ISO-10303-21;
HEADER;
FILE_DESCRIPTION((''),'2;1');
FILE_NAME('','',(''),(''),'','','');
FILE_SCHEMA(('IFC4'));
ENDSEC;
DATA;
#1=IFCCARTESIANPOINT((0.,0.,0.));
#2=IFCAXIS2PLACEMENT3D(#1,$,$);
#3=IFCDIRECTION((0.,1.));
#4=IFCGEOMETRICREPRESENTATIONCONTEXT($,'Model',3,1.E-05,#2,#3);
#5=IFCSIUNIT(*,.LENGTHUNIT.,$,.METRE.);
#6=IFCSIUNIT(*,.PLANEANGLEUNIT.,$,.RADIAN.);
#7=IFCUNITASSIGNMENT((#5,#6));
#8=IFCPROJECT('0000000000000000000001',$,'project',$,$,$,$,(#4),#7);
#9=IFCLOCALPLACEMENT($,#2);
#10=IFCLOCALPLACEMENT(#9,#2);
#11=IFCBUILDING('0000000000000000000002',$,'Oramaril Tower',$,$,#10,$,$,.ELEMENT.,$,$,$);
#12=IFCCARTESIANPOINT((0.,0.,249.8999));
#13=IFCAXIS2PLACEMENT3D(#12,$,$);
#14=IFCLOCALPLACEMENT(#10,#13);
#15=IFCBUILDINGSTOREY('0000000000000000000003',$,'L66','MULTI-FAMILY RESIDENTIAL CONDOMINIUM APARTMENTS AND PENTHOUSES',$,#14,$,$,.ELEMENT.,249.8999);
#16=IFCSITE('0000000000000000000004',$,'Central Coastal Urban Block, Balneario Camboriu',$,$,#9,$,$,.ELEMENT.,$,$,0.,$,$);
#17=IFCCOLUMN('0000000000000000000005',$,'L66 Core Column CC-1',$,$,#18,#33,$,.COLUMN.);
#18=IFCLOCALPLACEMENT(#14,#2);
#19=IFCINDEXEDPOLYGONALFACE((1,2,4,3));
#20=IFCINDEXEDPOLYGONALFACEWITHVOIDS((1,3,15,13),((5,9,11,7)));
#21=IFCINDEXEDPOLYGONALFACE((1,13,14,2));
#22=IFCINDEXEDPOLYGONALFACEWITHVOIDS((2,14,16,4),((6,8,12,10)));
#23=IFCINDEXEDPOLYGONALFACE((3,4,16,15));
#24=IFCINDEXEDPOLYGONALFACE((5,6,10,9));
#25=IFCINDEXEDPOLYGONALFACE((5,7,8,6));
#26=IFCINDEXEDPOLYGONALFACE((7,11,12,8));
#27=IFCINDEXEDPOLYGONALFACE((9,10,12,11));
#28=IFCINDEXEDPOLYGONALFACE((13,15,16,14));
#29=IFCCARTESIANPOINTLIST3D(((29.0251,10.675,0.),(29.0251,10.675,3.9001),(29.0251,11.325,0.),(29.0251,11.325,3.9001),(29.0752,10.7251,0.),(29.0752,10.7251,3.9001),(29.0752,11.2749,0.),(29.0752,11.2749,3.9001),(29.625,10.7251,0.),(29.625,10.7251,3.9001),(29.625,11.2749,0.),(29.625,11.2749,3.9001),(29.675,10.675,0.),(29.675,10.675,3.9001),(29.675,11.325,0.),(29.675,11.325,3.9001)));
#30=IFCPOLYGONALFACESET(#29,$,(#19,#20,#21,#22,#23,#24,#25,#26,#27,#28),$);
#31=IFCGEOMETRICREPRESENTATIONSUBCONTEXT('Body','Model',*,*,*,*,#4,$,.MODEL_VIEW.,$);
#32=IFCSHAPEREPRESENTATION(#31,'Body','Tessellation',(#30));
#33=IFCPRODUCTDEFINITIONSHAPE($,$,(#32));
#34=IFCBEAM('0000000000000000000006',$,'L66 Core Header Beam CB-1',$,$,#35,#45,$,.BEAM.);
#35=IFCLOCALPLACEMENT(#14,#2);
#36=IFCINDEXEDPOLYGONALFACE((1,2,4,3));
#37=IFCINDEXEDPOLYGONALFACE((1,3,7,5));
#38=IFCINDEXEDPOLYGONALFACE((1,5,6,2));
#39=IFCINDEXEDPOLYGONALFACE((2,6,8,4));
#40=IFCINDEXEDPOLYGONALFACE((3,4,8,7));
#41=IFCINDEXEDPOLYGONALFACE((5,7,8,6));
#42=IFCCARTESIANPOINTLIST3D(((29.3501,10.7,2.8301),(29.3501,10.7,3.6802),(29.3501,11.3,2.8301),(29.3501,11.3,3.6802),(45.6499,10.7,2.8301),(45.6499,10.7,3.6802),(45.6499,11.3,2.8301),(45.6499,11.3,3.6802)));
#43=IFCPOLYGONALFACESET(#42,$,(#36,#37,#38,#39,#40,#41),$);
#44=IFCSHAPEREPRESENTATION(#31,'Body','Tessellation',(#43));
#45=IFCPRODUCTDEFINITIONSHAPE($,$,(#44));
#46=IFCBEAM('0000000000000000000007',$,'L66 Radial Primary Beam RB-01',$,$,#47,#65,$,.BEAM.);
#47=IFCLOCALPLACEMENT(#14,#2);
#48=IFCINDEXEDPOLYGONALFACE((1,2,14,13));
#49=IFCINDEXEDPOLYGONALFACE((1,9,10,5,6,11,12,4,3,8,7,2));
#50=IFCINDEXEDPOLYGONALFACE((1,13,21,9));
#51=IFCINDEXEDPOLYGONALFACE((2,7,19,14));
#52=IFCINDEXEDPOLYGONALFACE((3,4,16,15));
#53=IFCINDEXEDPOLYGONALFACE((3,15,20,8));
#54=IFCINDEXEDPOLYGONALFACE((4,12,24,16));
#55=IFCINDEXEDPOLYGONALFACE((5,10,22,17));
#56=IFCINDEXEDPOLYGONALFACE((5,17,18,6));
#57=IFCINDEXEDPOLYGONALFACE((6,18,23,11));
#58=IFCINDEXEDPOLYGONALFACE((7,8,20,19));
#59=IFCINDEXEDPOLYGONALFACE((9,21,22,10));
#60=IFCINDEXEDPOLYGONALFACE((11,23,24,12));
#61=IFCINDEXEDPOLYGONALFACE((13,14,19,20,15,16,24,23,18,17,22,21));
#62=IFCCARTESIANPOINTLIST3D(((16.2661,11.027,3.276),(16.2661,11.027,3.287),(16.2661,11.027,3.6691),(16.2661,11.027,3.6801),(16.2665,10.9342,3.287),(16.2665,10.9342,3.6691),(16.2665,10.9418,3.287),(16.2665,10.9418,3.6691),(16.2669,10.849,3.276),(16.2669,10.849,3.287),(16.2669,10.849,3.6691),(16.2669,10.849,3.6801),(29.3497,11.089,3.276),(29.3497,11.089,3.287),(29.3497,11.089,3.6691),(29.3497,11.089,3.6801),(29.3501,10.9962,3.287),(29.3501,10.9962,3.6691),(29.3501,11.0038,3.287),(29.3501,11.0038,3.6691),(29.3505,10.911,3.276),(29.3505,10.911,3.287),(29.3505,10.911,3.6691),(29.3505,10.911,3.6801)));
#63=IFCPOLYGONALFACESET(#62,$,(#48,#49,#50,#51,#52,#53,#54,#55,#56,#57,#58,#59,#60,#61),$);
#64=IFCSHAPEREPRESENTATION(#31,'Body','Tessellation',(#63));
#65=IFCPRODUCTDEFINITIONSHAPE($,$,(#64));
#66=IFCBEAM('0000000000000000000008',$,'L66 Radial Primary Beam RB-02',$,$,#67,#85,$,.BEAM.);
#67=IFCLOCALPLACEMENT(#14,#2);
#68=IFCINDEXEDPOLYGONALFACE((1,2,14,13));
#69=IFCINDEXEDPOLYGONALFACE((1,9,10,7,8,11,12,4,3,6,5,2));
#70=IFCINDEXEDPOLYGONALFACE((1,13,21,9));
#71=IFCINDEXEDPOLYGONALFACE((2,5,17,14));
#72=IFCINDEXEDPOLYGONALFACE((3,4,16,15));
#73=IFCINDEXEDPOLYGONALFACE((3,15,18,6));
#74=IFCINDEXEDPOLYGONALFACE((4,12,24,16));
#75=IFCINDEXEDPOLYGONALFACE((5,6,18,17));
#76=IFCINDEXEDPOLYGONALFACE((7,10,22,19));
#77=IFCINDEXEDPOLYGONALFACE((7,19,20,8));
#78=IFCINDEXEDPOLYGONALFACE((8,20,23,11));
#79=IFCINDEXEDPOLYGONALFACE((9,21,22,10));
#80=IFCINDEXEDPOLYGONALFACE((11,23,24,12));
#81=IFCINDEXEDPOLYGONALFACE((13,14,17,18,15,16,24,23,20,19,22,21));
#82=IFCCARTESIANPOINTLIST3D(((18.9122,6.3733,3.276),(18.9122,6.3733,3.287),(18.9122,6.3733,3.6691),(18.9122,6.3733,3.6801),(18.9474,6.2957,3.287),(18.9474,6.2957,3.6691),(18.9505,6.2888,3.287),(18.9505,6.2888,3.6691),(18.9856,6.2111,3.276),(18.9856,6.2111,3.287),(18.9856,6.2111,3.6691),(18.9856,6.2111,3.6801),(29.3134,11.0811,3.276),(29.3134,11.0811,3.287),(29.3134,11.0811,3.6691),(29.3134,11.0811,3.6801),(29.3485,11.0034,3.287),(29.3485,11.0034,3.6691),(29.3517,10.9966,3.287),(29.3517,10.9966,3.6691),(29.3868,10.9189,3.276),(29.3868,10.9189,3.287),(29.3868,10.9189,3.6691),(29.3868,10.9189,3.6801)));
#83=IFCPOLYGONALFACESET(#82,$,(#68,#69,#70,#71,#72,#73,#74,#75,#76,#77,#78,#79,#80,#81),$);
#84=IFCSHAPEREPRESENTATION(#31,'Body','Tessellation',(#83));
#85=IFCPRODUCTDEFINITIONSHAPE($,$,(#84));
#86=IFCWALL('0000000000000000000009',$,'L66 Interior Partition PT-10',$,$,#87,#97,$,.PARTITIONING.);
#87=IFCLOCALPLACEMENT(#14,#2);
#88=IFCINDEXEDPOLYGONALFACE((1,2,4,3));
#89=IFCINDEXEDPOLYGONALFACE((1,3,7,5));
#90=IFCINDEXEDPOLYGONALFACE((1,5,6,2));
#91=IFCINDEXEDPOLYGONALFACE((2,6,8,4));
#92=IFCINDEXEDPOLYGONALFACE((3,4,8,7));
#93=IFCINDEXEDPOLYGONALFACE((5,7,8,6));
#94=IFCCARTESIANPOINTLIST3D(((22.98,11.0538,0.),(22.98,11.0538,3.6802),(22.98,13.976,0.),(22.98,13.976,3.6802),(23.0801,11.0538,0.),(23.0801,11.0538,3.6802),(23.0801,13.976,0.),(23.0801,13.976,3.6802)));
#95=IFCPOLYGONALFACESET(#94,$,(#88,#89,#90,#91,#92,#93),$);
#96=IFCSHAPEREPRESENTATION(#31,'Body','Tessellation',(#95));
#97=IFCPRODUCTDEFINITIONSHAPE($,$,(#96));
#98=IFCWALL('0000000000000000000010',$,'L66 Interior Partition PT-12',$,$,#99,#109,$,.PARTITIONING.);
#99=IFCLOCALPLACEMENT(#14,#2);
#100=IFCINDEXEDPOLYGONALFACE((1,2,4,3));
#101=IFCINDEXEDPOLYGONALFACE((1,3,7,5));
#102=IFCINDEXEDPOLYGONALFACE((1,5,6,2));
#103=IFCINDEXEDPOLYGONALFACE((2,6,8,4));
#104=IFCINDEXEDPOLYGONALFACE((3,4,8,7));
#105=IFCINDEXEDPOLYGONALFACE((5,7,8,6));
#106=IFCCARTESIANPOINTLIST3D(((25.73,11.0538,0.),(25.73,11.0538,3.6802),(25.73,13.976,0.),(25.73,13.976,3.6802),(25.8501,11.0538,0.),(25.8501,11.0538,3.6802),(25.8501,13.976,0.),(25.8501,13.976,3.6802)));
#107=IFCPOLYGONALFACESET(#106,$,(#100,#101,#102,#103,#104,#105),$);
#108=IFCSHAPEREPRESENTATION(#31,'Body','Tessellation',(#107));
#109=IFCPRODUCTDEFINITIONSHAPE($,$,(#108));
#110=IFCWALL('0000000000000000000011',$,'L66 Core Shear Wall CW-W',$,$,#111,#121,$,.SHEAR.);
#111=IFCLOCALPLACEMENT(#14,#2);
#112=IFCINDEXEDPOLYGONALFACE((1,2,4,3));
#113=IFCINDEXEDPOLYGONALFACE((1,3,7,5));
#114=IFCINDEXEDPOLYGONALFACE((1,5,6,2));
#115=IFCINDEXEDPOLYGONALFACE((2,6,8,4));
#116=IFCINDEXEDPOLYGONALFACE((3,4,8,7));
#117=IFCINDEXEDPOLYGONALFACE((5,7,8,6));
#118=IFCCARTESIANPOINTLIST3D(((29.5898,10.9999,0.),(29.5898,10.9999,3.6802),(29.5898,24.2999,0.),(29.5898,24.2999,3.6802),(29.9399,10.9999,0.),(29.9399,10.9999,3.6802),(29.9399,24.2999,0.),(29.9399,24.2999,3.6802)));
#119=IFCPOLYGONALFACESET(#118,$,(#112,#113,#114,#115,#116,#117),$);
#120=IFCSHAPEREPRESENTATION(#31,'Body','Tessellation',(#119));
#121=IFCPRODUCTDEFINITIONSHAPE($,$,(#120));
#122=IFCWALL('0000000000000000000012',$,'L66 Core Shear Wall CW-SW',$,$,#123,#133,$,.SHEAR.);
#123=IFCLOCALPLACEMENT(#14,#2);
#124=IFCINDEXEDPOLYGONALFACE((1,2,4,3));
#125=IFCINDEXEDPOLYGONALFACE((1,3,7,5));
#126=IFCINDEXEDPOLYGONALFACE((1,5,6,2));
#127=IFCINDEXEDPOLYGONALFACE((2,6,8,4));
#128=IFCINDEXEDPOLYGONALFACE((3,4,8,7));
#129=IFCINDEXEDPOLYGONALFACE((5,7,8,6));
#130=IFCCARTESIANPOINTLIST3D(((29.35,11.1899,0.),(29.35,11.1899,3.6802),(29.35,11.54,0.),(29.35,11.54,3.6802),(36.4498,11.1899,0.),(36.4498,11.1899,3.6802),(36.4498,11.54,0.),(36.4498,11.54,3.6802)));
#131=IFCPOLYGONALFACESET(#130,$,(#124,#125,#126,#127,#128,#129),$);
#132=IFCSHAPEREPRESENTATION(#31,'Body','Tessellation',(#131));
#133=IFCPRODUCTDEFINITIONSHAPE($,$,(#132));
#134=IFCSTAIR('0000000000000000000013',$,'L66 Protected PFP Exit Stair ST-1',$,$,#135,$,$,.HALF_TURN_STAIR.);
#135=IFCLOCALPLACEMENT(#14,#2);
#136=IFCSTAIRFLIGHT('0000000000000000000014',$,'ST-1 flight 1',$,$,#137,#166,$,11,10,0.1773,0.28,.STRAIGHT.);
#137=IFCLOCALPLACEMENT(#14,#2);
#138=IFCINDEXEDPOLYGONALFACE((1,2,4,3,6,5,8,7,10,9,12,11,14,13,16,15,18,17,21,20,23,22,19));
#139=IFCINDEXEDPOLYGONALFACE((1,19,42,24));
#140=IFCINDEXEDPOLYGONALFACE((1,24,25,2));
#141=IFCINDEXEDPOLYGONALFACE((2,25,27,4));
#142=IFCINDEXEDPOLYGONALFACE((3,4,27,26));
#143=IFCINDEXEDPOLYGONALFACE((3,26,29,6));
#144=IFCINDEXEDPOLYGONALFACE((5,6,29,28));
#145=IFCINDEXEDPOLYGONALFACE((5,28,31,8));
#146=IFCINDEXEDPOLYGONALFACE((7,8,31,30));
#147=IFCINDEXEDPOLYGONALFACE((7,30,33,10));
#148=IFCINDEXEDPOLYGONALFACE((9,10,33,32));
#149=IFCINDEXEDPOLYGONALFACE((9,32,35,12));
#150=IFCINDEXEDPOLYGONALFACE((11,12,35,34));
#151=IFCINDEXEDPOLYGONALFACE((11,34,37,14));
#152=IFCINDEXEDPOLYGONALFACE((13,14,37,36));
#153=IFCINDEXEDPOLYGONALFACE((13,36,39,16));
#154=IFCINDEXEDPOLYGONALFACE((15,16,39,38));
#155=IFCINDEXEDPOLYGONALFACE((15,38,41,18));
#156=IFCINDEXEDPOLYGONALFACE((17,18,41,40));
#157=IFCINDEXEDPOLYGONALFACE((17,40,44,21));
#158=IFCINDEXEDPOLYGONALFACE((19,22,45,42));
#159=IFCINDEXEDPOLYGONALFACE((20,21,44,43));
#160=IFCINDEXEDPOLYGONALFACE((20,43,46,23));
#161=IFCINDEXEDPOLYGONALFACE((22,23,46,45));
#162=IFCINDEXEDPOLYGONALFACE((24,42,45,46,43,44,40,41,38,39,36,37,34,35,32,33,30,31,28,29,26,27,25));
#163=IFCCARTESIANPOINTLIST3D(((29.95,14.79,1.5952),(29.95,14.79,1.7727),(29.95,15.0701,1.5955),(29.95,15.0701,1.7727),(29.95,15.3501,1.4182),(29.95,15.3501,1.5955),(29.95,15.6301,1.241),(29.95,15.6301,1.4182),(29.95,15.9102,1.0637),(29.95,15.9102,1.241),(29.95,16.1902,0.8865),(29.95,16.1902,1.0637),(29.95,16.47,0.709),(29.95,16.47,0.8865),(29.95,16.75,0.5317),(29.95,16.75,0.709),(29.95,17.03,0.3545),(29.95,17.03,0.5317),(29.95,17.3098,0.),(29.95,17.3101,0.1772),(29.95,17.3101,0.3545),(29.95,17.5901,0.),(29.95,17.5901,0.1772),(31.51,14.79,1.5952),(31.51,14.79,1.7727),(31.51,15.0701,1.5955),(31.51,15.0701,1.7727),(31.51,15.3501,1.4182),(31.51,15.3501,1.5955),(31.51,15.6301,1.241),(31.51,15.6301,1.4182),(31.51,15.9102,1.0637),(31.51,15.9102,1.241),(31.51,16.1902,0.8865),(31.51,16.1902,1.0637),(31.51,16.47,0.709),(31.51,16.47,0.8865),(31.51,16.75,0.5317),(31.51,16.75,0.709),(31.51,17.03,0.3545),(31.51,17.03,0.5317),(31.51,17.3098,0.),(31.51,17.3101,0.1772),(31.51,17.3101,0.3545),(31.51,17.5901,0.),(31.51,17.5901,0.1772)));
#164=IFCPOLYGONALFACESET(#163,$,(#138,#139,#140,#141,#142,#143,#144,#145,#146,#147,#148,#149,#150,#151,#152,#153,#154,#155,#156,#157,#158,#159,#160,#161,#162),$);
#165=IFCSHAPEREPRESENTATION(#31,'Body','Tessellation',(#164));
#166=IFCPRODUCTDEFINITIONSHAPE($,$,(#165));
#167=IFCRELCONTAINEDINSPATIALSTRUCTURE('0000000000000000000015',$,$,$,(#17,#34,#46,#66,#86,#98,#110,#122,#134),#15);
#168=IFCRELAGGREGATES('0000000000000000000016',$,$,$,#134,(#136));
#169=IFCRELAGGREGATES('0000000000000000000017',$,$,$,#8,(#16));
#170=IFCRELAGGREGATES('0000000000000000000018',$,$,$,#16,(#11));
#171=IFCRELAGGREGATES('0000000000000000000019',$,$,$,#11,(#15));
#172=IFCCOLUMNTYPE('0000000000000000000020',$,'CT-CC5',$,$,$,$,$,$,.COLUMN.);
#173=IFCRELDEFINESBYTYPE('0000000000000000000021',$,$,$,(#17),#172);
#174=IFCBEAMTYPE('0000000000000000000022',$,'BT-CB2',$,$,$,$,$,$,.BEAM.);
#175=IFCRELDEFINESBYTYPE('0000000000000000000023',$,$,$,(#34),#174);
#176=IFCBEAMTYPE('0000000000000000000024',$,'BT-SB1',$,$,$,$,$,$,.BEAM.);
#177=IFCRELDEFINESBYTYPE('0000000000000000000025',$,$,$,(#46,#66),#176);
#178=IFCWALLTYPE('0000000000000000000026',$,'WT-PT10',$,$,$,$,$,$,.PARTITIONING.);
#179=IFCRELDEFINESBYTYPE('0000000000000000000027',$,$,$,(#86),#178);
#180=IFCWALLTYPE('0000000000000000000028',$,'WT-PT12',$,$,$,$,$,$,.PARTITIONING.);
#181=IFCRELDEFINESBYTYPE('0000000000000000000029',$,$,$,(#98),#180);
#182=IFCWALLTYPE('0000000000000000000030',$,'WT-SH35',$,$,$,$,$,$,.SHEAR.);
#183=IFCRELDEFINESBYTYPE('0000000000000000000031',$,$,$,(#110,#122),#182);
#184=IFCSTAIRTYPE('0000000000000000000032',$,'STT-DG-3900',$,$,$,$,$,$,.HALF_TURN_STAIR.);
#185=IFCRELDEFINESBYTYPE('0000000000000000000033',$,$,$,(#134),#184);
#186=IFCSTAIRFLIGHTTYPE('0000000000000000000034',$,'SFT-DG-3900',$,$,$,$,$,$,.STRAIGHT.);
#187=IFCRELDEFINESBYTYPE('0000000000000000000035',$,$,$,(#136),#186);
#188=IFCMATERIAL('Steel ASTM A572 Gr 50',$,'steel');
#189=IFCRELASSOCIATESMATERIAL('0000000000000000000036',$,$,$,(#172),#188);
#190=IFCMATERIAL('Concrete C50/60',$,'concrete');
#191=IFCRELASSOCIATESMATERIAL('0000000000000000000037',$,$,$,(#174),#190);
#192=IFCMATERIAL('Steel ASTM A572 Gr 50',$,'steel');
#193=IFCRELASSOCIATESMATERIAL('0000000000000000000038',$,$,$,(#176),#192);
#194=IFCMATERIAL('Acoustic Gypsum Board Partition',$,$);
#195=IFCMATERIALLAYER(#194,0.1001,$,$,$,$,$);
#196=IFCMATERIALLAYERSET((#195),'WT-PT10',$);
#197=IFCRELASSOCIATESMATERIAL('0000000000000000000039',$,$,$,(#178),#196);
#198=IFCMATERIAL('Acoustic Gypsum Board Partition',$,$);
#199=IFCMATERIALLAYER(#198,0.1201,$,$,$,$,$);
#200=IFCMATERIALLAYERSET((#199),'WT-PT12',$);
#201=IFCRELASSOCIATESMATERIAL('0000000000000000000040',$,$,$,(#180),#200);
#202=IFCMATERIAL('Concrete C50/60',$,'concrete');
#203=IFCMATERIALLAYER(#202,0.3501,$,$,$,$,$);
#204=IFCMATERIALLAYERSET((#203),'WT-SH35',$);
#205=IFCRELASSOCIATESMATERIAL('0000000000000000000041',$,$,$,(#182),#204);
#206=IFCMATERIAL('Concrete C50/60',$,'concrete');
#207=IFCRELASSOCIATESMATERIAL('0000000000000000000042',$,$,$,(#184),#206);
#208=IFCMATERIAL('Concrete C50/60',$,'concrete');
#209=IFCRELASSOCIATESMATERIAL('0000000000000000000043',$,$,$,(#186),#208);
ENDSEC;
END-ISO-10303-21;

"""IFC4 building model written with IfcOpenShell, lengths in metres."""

from ifc_helpers import new_model, si_unit, direction, frame, frame_2d, origin, origin_2d, place, context, subcontext, project, spatial, polyline, rectangle, hollow_rectangle, i_section, outline, extrude, material, layer, layer_set, material_profile, profile_set, type_object, element, aggregate, save


model = new_model("IFC4")

# Units and contexts
model_context = context("Model", 3, precision=1e-05, world=origin(), true_north=direction((0.0, 1.0)))
body_context = subcontext(model_context, "Body", "Model", "MODEL_VIEW")
ifc_project = project(units=[si_unit("LENGTHUNIT", "METRE"), si_unit("PLANEANGLEUNIT", "RADIAN")], contexts=[model_context])

# Site, building, storey
site_placement = place(None, origin())
site = spatial("IfcSite", under=ifc_project, at=site_placement, Name="Central Coastal Urban Block, Balneario Camboriu", CompositionType="ELEMENT", RefElevation=0.0)
building_placement = place(site_placement, origin())
building = spatial("IfcBuilding", under=site, at=building_placement, Name="Oramaril Tower", CompositionType="ELEMENT")
storey_placement = place(building_placement, frame((0.0, 0.0, 249.8999)))
storey = spatial("IfcBuildingStorey", under=building, at=storey_placement, Name="L66", Description="MULTI-FAMILY RESIDENTIAL CONDOMINIUM APARTMENTS AND PENTHOUSES", CompositionType="ELEMENT", Elevation=249.8999)

# Column
ifc_material_1 = material(Name="Steel ASTM A572 Gr 50", Category="steel")
ifc_material_profile_1 = material_profile(ifc_material_1, hollow_rectangle(XDim=0.6499, YDim=0.6499, WallThickness=0.05, at=origin_2d()), Name="BOX650X650X50")
ifc_profile_set_1 = profile_set([ifc_material_profile_1], Name="Steel ASTM A572 Gr 50")
column_type = type_object("IfcColumnType", Name="CT-CC5", PredefinedType="COLUMN", material=ifc_profile_set_1)
column_placement = place(storey_placement, frame((29.3501, 11.0, 0.0), z_axis=(0.0, 0.0, 1.0), x_axis=(1.0, 0.0, 0.0)))
element("IfcColumn", 1, at=column_placement, inside=storey, type_object=column_type, Name="L66 Core Column CC-1", PredefinedType="COLUMN", context=body_context, shape_type="SweptSolid", body=[
    extrude(hollow_rectangle(XDim=0.6499, YDim=0.6499, WallThickness=0.05, at=origin_2d()), origin(), (0.0, 0.0, 1.0), 3.9001),
])

# Beams
ifc_material_2 = material(Name="Concrete C50/60", Category="concrete")
ifc_material_profile_2 = material_profile(ifc_material_2, rectangle(XDim=0.6001, YDim=0.8501, at=origin_2d()), Name="CB600X850")
ifc_profile_set_2 = profile_set([ifc_material_profile_2], Name="Concrete C50/60")
beam_type_1 = type_object("IfcBeamType", Name="BT-CB2", PredefinedType="BEAM", material=ifc_profile_set_2)
beam_1_placement = place(storey_placement, frame((29.3501, 11.0, 3.2551), z_axis=(1.0, 0.0, 0.0), x_axis=(0.0, 1.0, 0.0)))
element("IfcBeam", 2, at=beam_1_placement, inside=storey, type_object=beam_type_1, Name="L66 Core Header Beam CB-1", PredefinedType="BEAM", context=body_context, shape_type="SweptSolid", body=[
    extrude(rectangle(XDim=0.6001, YDim=0.8501, at=origin_2d()), origin(), (0.0, 0.0, 1.0), 16.2998),
])
ifc_material_3 = material(Name="Steel ASTM A572 Gr 50", Category="steel")
ifc_material_profile_3 = material_profile(ifc_material_3, i_section(OverallWidth=0.178, OverallDepth=0.4041, WebThickness=0.0076, FlangeThickness=0.011, at=origin_2d()), Name="W16X36")
ifc_profile_set_3 = profile_set([ifc_material_profile_3], Name="Steel ASTM A572 Gr 50")
beam_type_2 = type_object("IfcBeamType", Name="BT-SB1", PredefinedType="BEAM", material=ifc_profile_set_3)
beam_2_placement = place(storey_placement, frame((29.3501, 11.0, 3.478), z_axis=(-0.999989, -0.00474, 0.0), x_axis=(0.00474, -0.999989, 0.0)))
element("IfcBeam", 3, at=beam_2_placement, inside=storey, type_object=beam_type_2, Name="L66 Radial Primary Beam RB-01", PredefinedType="BEAM", context=body_context, shape_type="SweptSolid", body=[
    extrude(i_section(OverallWidth=0.178, OverallDepth=0.4041, WebThickness=0.0076, FlangeThickness=0.011, at=origin_2d()), origin(), (0.0, 0.0, 1.0), 13.0837),
])
beam_3_placement = place(storey_placement, frame((29.3501, 11.0, 3.478), z_axis=(-0.911026, -0.412349, 0.0), x_axis=(0.412349, -0.911026, 0.0)))
element("IfcBeam", 4, at=beam_3_placement, inside=storey, type_object=beam_type_2, Name="L66 Radial Primary Beam RB-02", PredefinedType="BEAM", context=body_context, shape_type="SweptSolid", body=[
    extrude(i_section(OverallWidth=0.178, OverallDepth=0.4041, WebThickness=0.0076, FlangeThickness=0.011, at=origin_2d()), origin(), (0.0, 0.0, 1.0), 11.417),
])

# Walls
ifc_material_4 = material(Name="Acoustic Gypsum Board Partition")
ifc_layer_1 = layer(ifc_material_4, 0.1001)
ifc_layer_set_1 = layer_set([ifc_layer_1], Name="WT-PT10")
wall_type_1 = type_object("IfcWallType", Name="WT-PT10", PredefinedType="PARTITIONING", material=ifc_layer_set_1)
wall_1_placement = place(storey_placement, frame((23.03, 11.054, 0.0), z_axis=(0.0, 0.0, 1.0), x_axis=(0.0, 1.0, 0.0)))
element("IfcWall", 5, at=wall_1_placement, inside=storey, type_object=wall_type_1, Name="L66 Interior Partition PT-10", PredefinedType="PARTITIONING", context=body_context, shape_type="SweptSolid", body=[
    extrude(rectangle(XDim=2.9221, YDim=0.1001, at=frame_2d((1.4609, 0.0))), origin(), (0.0, 0.0, 1.0), 3.6802),
])
ifc_material_5 = material(Name="Acoustic Gypsum Board Partition")
ifc_layer_2 = layer(ifc_material_5, 0.1201)
ifc_layer_set_2 = layer_set([ifc_layer_2], Name="WT-PT12")
wall_type_2 = type_object("IfcWallType", Name="WT-PT12", PredefinedType="PARTITIONING", material=ifc_layer_set_2)
wall_2_placement = place(storey_placement, frame((25.79, 11.054, 0.0), z_axis=(0.0, 0.0, 1.0), x_axis=(0.0, 1.0, 0.0)))
element("IfcWall", 6, at=wall_2_placement, inside=storey, type_object=wall_type_2, Name="L66 Interior Partition PT-12", PredefinedType="PARTITIONING", context=body_context, shape_type="SweptSolid", body=[
    extrude(rectangle(XDim=2.9221, YDim=0.1201, at=frame_2d((1.4609, 0.0))), origin(), (0.0, 0.0, 1.0), 3.6802),
])

# Walls
ifc_material_6 = material(Name="Concrete C50/60", Category="concrete")
ifc_layer_3 = layer(ifc_material_6, 0.3501)
ifc_layer_set_3 = layer_set([ifc_layer_3], Name="WT-SH35")
wall_type_3 = type_object("IfcWallType", Name="WT-SH35", PredefinedType="SHEAR", material=ifc_layer_set_3)
wall_3_placement = place(storey_placement, frame((29.7649, 11.0, 0.0), z_axis=(0.0, 0.0, 1.0), x_axis=(0.0, 1.0, 0.0)))
element("IfcWall", 7, at=wall_3_placement, inside=storey, type_object=wall_type_3, Name="L66 Core Shear Wall CW-W", PredefinedType="SHEAR", context=body_context, shape_type="SweptSolid", body=[
    extrude(rectangle(XDim=13.3, YDim=0.3501, at=frame_2d((6.6499, 0.0))), origin(), (0.0, 0.0, 1.0), 3.6802),
])
wall_4_placement = place(storey_placement, frame((29.3501, 11.365, 0.0), z_axis=(0.0, 0.0, 1.0), x_axis=(1.0, 0.0, 0.0)))
element("IfcWall", 8, at=wall_4_placement, inside=storey, type_object=wall_type_3, Name="L66 Core Shear Wall CW-SW", PredefinedType="SHEAR", context=body_context, shape_type="SweptSolid", body=[
    extrude(rectangle(XDim=7.0999, YDim=0.3501, at=frame_2d((3.5498, 0.0))), origin(), (0.0, 0.0, 1.0), 3.6802),
])

# Stair, stair flight
ifc_material_7 = material(Name="Concrete C50/60", Category="concrete")
stair_type = type_object("IfcStairType", Name="STT-DG-3900", PredefinedType="HALF_TURN_STAIR", material=ifc_material_7)
stair_placement = place(storey_placement, origin())
stair = element("IfcStair", 9, at=stair_placement, inside=storey, type_object=stair_type, Name="L66 Protected PFP Exit Stair ST-1", PredefinedType="HALF_TURN_STAIR")
ifc_material_8 = material(Name="Concrete C50/60", Category="concrete")
stair_flight_type = type_object("IfcStairFlightType", Name="SFT-DG-3900", PredefinedType="STRAIGHT", material=ifc_material_8)
stair_flight_1_placement = place(storey_placement, frame((30.73, 17.5901, 0.0), z_axis=(0.0, 0.0, 1.0), x_axis=(0.0, -1.0, 0.0)))
stair_flight_1 = element("IfcStairFlight", 10, at=stair_flight_1_placement, type_object=stair_flight_type, Name="ST-1 flight 1", NumberOfRisers=11, NumberOfTreads=10, PredefinedType="STRAIGHT", RiserHeight=0.1773, TreadLength=0.28, context=body_context, shape_type="SweptSolid", body=[
    extrude(outline(polyline([(0.0, 0.0), (0.0, 0.1772), (0.28, 0.1772), (0.28, 0.3545), (0.5601, 0.3545), (0.5601, 0.5317), (0.8401, 0.5317), (0.8401, 0.709), (1.1201, 0.709), (1.1201, 0.8865), (1.3999, 0.8865), (1.3999, 1.0637), (1.6799, 1.0637), (1.6799, 1.241), (1.96, 1.241), (1.96, 1.4182), (2.24, 1.4182), (2.24, 1.5955), (2.52, 1.5955), (2.52, 1.7727), (2.8, 1.7727), (2.8, 1.95), (2.8, 1.5952), (0.2803, 0.0), (0.0, 0.0)])), frame((0.0, 0.78, 0.0), z_axis=(0.0, -1.0, 0.0), x_axis=(1.0, 0.0, 0.0)), (0.0, 0.0, 1.0), 1.5601),
])
aggregate(stair, [stair_flight_1])

save(model, "model.ifc")
